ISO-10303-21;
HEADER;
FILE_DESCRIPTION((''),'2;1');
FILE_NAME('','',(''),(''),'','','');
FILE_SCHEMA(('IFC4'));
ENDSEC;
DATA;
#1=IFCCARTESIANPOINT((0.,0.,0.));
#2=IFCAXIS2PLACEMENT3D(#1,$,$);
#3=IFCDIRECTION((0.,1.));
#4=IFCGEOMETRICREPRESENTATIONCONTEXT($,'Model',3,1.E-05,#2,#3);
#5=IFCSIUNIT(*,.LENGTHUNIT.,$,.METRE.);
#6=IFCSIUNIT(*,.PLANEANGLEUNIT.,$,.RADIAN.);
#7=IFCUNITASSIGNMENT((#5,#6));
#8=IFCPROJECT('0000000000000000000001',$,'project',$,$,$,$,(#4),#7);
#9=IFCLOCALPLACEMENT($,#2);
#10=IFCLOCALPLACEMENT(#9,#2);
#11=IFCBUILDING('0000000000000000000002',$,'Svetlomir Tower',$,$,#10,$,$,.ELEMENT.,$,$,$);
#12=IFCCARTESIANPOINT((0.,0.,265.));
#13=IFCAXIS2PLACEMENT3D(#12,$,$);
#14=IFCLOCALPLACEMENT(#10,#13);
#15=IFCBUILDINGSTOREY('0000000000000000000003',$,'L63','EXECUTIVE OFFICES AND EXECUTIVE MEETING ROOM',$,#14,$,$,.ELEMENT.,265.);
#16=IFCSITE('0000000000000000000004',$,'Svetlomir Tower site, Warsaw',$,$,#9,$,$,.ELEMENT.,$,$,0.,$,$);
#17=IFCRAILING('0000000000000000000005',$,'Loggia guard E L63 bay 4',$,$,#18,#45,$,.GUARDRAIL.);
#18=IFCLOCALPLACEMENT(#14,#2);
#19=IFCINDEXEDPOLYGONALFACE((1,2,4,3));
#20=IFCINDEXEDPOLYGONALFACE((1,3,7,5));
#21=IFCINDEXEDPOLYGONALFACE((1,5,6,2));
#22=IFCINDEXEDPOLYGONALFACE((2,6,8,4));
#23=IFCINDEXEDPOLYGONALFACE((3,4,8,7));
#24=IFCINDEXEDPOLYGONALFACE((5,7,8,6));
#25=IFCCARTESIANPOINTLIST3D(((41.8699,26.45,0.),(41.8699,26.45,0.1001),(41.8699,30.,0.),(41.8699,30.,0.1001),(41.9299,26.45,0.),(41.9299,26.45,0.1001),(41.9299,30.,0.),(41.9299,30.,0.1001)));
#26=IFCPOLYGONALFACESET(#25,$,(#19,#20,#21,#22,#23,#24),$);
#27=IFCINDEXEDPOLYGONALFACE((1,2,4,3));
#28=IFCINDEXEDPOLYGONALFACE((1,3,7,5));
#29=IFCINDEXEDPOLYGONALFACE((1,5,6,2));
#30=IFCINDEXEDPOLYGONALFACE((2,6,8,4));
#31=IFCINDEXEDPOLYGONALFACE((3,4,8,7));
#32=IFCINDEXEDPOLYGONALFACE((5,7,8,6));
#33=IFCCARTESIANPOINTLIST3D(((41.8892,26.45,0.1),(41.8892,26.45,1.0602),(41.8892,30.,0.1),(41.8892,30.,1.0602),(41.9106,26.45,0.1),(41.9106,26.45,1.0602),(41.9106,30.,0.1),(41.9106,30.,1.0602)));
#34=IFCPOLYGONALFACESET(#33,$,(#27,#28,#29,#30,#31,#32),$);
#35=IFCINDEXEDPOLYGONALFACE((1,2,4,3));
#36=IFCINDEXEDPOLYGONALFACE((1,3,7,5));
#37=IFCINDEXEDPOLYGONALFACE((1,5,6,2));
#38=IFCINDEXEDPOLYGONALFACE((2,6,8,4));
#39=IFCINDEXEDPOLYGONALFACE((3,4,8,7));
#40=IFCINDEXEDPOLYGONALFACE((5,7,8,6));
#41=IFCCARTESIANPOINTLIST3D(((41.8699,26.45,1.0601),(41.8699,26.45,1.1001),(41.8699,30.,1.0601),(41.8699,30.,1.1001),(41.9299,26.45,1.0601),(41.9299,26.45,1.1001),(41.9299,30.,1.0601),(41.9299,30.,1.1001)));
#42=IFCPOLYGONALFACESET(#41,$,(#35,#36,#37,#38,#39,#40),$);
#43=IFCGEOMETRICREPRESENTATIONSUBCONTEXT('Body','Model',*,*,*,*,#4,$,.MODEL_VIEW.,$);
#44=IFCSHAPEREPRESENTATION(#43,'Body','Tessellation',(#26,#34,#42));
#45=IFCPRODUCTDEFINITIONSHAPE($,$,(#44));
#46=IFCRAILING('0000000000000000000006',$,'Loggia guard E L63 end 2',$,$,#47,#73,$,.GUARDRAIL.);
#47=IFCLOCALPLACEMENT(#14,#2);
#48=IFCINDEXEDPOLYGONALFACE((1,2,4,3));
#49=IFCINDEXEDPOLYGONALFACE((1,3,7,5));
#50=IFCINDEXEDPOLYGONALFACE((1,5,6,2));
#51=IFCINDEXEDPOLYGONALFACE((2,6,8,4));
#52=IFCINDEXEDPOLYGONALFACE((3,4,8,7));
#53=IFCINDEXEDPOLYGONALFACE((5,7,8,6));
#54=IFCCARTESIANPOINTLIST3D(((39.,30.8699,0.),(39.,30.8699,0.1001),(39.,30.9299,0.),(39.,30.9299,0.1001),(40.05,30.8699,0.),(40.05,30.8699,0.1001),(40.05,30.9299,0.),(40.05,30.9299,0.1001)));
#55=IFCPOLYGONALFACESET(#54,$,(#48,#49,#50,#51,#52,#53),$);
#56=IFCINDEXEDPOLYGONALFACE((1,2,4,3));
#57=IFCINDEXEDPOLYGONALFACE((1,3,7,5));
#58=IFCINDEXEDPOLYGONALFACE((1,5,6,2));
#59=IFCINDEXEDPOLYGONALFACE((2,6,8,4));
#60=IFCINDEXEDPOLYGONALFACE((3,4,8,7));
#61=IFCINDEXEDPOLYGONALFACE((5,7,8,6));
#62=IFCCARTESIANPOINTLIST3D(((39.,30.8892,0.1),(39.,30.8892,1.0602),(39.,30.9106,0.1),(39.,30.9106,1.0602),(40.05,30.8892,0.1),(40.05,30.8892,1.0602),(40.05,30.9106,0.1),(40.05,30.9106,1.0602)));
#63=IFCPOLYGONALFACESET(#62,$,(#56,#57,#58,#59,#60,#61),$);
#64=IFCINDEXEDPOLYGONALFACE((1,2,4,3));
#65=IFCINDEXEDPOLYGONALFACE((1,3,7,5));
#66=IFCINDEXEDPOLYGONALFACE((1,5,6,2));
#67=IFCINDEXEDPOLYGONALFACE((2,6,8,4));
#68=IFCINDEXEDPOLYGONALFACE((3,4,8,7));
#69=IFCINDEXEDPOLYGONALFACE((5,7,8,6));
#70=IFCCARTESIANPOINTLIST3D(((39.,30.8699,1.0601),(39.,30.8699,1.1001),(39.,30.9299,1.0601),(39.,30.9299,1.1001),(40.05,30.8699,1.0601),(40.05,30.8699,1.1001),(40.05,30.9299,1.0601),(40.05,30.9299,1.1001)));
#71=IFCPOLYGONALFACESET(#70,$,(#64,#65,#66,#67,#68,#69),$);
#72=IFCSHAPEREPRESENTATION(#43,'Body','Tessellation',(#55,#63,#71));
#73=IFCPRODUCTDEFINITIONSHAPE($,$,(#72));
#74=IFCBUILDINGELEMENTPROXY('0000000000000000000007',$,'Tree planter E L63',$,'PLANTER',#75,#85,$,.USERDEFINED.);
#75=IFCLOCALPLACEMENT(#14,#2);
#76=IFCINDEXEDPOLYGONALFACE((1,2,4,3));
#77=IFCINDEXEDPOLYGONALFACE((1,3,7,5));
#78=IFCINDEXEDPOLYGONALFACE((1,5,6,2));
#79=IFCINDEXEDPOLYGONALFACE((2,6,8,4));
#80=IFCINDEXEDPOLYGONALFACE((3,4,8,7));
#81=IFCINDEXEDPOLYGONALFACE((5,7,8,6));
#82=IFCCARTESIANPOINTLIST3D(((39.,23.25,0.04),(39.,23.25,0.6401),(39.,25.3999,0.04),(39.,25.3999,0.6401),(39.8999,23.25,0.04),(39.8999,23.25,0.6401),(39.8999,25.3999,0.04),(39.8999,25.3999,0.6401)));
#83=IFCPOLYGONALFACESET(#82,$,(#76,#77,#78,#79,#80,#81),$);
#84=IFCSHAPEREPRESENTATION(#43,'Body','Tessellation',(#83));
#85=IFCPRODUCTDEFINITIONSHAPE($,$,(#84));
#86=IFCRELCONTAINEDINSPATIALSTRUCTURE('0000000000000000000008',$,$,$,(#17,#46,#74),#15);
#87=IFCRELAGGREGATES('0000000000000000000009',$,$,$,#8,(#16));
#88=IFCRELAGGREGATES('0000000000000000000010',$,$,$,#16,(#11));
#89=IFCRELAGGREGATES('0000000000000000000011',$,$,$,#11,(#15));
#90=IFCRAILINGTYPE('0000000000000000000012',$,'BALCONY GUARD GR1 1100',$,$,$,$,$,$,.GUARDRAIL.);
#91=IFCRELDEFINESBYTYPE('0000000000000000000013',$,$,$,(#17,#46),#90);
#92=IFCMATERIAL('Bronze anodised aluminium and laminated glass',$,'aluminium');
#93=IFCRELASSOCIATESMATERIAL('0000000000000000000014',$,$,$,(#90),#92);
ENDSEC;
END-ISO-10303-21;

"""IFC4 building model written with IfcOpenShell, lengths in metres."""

from ifc_helpers import new_model, si_unit, direction, frame, origin, origin_2d, place, context, subcontext, project, spatial, rectangle, extrude, material, type_object, element, save


model = new_model("IFC4")

# Units and contexts
model_context = context("Model", 3, precision=1e-05, world=origin(), true_north=direction((0.0, 1.0)))
body_context = subcontext(model_context, "Body", "Model", "MODEL_VIEW")
ifc_project = project(units=[si_unit("LENGTHUNIT", "METRE"), si_unit("PLANEANGLEUNIT", "RADIAN")], contexts=[model_context])

# Site, building, storey
site_placement = place(None, origin())
site = spatial("IfcSite", under=ifc_project, at=site_placement, Name="Svetlomir Tower site, Warsaw", CompositionType="ELEMENT", RefElevation=0.0)
building_placement = place(site_placement, origin())
building = spatial("IfcBuilding", under=site, at=building_placement, Name="Svetlomir Tower", CompositionType="ELEMENT")
storey_placement = place(building_placement, frame((0.0, 0.0, 265.0)))
storey = spatial("IfcBuildingStorey", under=building, at=storey_placement, Name="L63", Description="EXECUTIVE OFFICES AND EXECUTIVE MEETING ROOM", CompositionType="ELEMENT", Elevation=265.0)

# Railings
ifc_material_1 = material(Name="Bronze anodised aluminium and laminated glass", Category="aluminium")
railing_type = type_object("IfcRailingType", Name="BALCONY GUARD GR1 1100", PredefinedType="GUARDRAIL", material=ifc_material_1)
for number, where, name in (
    (1, (41.8999, 26.45, 0.0), "Loggia guard E L63 bay 4"),
):
    element("IfcRailing", number, at=place(storey_placement, frame(where)), inside=storey, type_object=railing_type, Name=name, PredefinedType="GUARDRAIL", context=body_context, shape_type="SweptSolid", body=[
        extrude(rectangle(XDim=0.0601, YDim=0.1001, at=origin_2d()), frame((0.0, 0.0, 0.05), z_axis=(0.0, 1.0, 0.0), x_axis=(-1.0, 0.0, 0.0)), (0.0, 0.0, 1.0), 3.55),
        extrude(rectangle(XDim=0.0215, YDim=0.9602, at=origin_2d()), frame((0.0, 0.0, 0.5801), z_axis=(0.0, 1.0, 0.0), x_axis=(-1.0, 0.0, 0.0)), (0.0, 0.0, 1.0), 3.55),
        extrude(rectangle(XDim=0.0601, YDim=0.04, at=origin_2d()), frame((0.0, 0.0, 1.0801), z_axis=(0.0, 1.0, 0.0), x_axis=(-1.0, 0.0, 0.0)), (0.0, 0.0, 1.0), 3.55),
    ])
railing_placement = place(storey_placement, frame((40.05, 30.8999, 0.0)))
element("IfcRailing", 2, at=railing_placement, inside=storey, type_object=railing_type, Name="Loggia guard E L63 end 2", PredefinedType="GUARDRAIL", context=body_context, shape_type="SweptSolid", body=[
    extrude(rectangle(XDim=0.0601, YDim=0.1001, at=origin_2d()), frame((0.0, 0.0, 0.05), z_axis=(-1.0, 0.0, 0.0), x_axis=(0.0, -1.0, 0.0)), (0.0, 0.0, 1.0), 1.05),
    extrude(rectangle(XDim=0.0215, YDim=0.9602, at=origin_2d()), frame((0.0, 0.0, 0.5801), z_axis=(-1.0, 0.0, 0.0), x_axis=(0.0, -1.0, 0.0)), (0.0, 0.0, 1.0), 1.05),
    extrude(rectangle(XDim=0.0601, YDim=0.04, at=origin_2d()), frame((0.0, 0.0, 1.0801), z_axis=(-1.0, 0.0, 0.0), x_axis=(0.0, -1.0, 0.0)), (0.0, 0.0, 1.0), 1.05),
])

# Building element proxy
proxy_placement = place(storey_placement, frame((39.45, 24.325, 0.04), z_axis=(0.0, 0.0, 1.0), x_axis=(1.0, 0.0, 0.0)))
element("IfcBuildingElementProxy", 3, at=proxy_placement, inside=storey, Name="Tree planter E L63", ObjectType="PLANTER", PredefinedType="USERDEFINED", context=body_context, shape_type="SweptSolid", body=[
    extrude(rectangle(XDim=0.8999, YDim=2.1499, at=origin_2d()), origin(), (0.0, 0.0, 1.0), 0.6001),
])

save(model, "model.ifc")
